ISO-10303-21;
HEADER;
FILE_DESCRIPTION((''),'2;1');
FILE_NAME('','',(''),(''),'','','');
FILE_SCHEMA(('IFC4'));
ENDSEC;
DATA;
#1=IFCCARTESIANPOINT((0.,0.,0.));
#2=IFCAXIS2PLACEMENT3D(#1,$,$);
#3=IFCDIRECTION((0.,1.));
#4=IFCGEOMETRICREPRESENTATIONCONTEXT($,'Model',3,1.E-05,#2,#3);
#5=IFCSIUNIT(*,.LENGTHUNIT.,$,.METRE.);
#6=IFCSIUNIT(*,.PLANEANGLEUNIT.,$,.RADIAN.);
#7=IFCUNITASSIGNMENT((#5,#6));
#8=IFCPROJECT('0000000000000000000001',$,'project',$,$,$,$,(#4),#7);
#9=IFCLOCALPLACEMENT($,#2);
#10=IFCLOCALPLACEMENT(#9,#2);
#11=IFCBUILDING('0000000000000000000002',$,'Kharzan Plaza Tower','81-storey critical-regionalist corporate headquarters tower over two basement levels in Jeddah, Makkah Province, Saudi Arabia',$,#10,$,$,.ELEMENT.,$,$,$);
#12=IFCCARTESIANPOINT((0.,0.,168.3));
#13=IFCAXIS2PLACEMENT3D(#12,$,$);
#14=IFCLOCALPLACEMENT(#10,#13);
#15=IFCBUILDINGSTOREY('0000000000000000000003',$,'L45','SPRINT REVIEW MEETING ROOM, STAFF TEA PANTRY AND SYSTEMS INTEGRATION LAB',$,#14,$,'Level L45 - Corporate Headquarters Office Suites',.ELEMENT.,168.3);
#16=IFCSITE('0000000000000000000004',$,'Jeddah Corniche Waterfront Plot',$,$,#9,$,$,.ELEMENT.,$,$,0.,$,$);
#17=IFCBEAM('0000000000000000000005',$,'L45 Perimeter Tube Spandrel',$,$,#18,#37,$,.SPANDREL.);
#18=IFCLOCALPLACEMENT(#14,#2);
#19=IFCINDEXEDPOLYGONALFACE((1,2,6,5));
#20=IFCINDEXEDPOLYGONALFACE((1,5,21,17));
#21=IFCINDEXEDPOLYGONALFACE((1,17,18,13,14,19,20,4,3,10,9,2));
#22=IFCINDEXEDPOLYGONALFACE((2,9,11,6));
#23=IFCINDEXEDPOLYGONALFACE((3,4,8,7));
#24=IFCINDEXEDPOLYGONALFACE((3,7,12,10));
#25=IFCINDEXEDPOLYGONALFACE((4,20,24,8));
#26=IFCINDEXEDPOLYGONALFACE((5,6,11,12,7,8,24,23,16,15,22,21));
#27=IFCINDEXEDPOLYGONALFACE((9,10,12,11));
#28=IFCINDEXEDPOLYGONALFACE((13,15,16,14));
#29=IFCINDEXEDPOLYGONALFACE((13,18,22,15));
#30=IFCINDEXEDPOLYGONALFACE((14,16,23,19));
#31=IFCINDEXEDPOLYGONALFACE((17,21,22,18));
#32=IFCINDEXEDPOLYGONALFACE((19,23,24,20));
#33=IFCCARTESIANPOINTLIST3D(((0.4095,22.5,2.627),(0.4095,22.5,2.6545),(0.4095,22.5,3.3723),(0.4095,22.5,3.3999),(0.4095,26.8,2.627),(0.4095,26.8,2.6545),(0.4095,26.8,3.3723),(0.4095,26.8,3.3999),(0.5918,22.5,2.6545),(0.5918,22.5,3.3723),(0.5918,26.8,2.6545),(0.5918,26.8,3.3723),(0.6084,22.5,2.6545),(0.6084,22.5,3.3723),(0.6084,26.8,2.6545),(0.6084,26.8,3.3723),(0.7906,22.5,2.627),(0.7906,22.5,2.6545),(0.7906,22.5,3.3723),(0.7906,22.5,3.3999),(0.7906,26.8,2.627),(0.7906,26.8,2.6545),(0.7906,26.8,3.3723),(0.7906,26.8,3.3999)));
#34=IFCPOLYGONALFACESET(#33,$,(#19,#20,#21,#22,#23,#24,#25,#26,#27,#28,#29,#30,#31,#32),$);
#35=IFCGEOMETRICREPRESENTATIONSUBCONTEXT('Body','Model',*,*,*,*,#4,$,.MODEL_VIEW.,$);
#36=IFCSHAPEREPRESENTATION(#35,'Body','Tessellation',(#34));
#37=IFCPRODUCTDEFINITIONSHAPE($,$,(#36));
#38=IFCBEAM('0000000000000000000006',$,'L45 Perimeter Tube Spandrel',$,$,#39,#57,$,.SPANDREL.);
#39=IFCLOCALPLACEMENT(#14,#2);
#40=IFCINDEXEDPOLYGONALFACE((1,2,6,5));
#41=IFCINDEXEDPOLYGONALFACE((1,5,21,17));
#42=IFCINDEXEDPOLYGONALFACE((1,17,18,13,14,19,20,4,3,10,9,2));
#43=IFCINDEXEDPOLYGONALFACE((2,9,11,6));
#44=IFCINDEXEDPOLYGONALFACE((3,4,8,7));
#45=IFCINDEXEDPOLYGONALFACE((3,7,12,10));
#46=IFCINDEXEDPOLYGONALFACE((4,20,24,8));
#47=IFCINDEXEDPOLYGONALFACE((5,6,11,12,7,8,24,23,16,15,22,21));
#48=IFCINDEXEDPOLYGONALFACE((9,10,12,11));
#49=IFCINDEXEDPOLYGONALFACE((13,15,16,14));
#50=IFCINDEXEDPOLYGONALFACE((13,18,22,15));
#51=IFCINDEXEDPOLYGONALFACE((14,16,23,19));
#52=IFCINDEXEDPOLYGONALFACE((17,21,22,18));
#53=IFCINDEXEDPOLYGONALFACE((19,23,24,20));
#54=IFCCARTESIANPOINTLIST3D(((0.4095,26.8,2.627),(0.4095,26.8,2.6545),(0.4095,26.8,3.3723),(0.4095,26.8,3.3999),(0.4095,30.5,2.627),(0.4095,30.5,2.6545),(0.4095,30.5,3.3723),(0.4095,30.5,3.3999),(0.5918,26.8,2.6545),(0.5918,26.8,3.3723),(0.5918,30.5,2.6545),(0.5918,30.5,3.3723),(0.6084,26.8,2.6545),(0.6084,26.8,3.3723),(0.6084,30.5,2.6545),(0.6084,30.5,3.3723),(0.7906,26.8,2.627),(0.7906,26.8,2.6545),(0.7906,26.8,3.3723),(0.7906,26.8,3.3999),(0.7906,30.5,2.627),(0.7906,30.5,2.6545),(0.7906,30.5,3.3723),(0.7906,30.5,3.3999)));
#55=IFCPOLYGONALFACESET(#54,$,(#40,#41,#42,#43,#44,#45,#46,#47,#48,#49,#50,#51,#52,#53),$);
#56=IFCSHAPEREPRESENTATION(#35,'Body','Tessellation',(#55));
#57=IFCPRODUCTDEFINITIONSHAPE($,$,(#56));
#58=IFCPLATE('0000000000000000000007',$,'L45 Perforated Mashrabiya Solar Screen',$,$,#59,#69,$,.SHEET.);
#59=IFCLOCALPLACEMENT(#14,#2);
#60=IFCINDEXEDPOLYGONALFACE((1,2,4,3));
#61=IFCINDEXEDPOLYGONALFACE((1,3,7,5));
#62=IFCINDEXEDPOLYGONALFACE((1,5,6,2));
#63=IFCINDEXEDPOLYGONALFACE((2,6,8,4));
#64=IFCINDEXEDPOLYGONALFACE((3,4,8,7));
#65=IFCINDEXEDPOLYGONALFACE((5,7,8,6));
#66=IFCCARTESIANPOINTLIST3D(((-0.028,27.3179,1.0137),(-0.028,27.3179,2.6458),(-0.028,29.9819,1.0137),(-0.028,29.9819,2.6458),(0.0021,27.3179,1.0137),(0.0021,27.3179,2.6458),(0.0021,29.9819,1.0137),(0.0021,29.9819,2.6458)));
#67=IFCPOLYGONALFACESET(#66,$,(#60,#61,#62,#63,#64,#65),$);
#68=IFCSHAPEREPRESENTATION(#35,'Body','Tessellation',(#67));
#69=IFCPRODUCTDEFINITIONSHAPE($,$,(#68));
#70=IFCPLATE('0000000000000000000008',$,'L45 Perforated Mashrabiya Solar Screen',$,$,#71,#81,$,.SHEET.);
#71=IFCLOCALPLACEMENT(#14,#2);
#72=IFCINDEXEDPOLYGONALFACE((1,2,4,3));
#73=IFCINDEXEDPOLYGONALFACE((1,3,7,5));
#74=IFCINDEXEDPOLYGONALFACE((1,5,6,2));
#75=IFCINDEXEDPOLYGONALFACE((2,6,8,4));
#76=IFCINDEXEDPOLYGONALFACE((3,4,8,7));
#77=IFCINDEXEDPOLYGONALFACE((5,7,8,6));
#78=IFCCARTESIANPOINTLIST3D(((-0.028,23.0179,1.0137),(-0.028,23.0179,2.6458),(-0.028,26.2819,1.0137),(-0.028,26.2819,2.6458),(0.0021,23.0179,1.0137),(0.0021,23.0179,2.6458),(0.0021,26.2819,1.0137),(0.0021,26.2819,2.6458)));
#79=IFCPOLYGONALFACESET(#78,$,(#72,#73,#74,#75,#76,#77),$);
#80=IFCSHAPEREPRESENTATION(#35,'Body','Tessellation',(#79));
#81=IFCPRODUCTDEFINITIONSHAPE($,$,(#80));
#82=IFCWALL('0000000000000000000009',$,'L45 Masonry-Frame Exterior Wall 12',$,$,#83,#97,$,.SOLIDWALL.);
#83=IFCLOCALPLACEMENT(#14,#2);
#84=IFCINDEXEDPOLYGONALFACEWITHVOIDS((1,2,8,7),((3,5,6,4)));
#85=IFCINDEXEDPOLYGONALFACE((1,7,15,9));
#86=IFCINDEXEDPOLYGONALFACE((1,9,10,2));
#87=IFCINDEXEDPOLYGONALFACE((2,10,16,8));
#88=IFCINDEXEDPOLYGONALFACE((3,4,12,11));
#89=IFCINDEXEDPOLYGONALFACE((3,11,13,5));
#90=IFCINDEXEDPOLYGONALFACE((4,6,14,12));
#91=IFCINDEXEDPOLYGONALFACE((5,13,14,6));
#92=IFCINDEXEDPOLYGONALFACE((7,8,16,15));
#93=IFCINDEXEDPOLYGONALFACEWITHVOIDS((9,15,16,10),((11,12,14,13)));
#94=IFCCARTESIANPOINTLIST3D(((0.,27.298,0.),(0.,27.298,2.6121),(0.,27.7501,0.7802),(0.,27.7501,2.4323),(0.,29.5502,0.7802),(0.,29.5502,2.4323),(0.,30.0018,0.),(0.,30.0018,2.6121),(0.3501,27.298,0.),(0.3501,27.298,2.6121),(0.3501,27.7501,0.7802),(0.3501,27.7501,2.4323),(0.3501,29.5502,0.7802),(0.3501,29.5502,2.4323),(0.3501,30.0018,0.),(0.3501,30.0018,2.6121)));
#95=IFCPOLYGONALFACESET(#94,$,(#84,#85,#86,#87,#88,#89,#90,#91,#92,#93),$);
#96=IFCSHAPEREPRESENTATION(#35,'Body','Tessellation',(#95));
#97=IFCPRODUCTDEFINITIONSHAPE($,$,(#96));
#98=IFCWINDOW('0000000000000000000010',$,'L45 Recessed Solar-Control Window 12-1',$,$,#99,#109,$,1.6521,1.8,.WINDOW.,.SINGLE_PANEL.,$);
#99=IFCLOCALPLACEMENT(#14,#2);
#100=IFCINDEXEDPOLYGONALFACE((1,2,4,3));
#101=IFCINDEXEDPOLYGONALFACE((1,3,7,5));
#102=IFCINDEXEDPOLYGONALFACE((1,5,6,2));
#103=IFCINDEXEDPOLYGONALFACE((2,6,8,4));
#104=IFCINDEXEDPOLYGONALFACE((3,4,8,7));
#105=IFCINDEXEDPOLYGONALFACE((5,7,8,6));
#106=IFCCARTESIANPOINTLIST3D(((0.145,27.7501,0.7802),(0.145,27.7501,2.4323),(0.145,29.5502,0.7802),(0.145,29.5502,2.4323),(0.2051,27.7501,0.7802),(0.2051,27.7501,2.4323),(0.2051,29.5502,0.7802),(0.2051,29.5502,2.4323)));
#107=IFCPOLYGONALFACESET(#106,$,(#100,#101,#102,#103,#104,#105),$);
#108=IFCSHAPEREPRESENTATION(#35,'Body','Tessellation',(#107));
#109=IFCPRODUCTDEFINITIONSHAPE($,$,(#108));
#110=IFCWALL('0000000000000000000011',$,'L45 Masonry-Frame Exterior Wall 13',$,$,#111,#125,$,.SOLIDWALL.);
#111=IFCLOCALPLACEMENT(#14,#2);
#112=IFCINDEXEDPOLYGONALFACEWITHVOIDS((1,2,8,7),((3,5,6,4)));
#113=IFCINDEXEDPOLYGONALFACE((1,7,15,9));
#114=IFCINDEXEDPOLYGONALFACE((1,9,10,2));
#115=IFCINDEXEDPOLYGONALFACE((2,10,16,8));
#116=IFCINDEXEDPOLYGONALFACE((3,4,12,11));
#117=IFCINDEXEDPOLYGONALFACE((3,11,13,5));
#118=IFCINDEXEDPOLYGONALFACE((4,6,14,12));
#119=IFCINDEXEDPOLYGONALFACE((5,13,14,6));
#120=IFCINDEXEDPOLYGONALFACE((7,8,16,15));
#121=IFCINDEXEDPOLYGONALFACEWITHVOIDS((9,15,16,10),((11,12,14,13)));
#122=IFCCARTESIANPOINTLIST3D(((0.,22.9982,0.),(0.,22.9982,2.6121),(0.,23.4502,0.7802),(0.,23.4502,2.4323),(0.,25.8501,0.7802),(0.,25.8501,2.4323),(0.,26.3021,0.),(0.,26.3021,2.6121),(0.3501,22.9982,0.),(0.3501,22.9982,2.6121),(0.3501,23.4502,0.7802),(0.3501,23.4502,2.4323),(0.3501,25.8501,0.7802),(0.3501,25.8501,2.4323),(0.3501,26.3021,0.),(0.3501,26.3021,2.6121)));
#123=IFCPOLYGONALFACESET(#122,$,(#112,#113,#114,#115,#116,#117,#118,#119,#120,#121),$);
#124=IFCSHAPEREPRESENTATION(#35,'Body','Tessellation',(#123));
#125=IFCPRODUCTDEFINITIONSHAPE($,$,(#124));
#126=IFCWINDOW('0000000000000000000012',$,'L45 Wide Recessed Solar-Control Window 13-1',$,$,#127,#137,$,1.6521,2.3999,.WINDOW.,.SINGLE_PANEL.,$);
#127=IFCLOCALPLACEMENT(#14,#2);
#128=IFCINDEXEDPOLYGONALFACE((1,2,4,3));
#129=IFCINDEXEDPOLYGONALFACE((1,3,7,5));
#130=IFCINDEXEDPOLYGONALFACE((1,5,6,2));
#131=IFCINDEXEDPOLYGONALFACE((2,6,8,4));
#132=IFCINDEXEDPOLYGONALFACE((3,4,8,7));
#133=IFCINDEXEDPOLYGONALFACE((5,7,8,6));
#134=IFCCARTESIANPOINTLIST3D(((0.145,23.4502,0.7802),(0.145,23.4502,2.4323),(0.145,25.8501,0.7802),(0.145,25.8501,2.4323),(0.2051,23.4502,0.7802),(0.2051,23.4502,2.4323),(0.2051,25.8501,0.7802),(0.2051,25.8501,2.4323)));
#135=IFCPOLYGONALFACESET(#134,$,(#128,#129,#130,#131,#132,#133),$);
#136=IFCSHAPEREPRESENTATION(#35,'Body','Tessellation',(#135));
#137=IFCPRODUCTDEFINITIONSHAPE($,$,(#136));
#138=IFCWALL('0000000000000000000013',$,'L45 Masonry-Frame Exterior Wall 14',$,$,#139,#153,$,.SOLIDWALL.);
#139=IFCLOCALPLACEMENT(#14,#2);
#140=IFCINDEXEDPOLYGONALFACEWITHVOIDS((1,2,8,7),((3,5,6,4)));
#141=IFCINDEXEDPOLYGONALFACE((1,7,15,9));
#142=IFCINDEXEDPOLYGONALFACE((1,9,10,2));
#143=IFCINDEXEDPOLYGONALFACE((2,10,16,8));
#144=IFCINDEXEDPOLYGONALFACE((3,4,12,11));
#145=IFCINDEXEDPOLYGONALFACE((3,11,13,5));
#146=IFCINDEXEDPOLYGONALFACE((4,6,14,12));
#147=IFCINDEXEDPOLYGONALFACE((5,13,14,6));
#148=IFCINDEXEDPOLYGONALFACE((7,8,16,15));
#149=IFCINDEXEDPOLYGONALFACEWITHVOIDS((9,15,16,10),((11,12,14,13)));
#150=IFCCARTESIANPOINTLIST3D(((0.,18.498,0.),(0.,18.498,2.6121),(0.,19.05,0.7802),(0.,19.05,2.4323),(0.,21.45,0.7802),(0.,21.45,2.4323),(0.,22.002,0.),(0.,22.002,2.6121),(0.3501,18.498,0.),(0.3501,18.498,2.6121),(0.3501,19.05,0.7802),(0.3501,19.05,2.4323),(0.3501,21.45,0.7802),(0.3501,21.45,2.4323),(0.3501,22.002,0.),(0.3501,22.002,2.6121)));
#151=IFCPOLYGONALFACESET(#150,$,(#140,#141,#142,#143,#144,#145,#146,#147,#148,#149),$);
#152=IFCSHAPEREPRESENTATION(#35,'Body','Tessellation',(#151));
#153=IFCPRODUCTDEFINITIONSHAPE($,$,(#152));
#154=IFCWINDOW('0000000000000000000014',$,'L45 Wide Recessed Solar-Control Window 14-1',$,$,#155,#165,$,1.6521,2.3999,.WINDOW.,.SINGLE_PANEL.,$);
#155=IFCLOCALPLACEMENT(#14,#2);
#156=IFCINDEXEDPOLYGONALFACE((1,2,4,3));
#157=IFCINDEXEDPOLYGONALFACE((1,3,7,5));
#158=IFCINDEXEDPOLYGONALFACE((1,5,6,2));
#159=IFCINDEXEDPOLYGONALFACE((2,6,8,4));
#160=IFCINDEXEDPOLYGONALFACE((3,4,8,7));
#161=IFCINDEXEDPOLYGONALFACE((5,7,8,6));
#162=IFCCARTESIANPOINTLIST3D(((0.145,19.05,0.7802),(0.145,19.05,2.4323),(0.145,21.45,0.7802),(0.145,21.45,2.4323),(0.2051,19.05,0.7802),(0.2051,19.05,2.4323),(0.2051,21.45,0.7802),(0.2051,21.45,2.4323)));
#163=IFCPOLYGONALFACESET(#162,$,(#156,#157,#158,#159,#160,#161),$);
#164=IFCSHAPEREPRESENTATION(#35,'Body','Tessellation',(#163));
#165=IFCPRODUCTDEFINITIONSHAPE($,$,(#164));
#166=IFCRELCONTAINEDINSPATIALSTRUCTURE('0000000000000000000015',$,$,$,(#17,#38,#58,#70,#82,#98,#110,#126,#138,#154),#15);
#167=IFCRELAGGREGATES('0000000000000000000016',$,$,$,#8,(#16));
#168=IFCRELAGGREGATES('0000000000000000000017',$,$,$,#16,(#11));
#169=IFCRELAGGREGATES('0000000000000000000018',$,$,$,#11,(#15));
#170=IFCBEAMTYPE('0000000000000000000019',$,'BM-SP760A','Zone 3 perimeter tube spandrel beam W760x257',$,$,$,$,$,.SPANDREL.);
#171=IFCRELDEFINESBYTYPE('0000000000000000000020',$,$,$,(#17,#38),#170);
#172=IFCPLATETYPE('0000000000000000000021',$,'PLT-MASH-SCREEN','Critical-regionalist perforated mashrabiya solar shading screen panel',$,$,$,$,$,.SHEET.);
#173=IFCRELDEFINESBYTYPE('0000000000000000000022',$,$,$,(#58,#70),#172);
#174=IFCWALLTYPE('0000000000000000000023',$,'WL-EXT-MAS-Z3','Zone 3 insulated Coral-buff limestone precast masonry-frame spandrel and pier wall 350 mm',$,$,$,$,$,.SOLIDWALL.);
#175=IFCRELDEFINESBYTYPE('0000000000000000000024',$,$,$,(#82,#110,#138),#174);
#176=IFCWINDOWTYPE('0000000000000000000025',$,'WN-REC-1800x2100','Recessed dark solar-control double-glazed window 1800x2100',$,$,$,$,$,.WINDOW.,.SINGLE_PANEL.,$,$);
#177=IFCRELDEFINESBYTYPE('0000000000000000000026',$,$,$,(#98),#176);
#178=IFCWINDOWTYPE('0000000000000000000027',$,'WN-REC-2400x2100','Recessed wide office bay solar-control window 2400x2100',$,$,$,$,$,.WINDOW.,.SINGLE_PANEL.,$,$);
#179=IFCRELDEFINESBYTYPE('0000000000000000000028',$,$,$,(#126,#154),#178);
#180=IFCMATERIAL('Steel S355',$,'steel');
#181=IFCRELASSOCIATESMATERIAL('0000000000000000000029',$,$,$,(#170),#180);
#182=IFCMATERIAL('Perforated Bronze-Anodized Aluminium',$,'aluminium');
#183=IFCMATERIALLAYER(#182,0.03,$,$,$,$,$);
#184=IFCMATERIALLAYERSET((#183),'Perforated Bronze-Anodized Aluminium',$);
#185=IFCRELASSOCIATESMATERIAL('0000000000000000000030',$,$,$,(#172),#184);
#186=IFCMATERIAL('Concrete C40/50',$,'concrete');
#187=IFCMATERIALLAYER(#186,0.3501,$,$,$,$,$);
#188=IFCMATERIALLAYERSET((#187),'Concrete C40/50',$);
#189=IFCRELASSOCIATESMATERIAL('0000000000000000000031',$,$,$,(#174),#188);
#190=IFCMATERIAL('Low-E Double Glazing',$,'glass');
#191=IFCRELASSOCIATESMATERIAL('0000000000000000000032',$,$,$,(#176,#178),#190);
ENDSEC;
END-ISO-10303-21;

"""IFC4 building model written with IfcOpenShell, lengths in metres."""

from ifc_helpers import new_model, si_unit, direction, frame, frame_2d, origin, origin_2d, place, context, subcontext, project, spatial, rectangle, i_section, extrude, source, transform, mapped, material, layer, layer_set, material_profile, profile_set, type_object, element, fill, save


model = new_model("IFC4")

# Units and contexts
model_context = context("Model", 3, precision=1e-05, world=origin(), true_north=direction((0.0, 1.0)))
body_context = subcontext(model_context, "Body", "Model", "MODEL_VIEW")
ifc_project = project(units=[si_unit("LENGTHUNIT", "METRE"), si_unit("PLANEANGLEUNIT", "RADIAN")], contexts=[model_context])

# Site, building, storey
site_placement = place(None, origin())
site = spatial("IfcSite", under=ifc_project, at=site_placement, Name="Jeddah Corniche Waterfront Plot", CompositionType="ELEMENT", RefElevation=0.0)
building_placement = place(site_placement, origin())
building = spatial("IfcBuilding", under=site, at=building_placement, Name="Kharzan Plaza Tower", Description="81-storey critical-regionalist corporate headquarters tower over two basement levels in Jeddah, Makkah Province, Saudi Arabia", CompositionType="ELEMENT")
storey_placement = place(building_placement, frame((0.0, 0.0, 168.3)))
storey = spatial("IfcBuildingStorey", under=building, at=storey_placement, Name="L45", Description="SPRINT REVIEW MEETING ROOM, STAFF TEA PANTRY AND SYSTEMS INTEGRATION LAB", LongName="Level L45 - Corporate Headquarters Office Suites", CompositionType="ELEMENT", Elevation=168.3)

# Beams
ifc_material_1 = material(Name="Steel S355", Category="steel")
ifc_material_profile_1 = material_profile(ifc_material_1, i_section(OverallWidth=0.3811, OverallDepth=0.7729, WebThickness=0.0166, FlangeThickness=0.0276, at=origin_2d()), Name="W760x257")
ifc_profile_set_1 = profile_set([ifc_material_profile_1], Name="Steel S355")
beam_type_1 = type_object("IfcBeamType", Name="BM-SP760A", Description="Zone 3 perimeter tube spandrel beam W760x257", PredefinedType="SPANDREL", material=ifc_profile_set_1)
shared_shape_1 = source(origin(), body_context, "Body", "SweptSolid", [
    extrude(i_section(OverallWidth=0.3811, OverallDepth=0.7729, WebThickness=0.0166, FlangeThickness=0.0276, at=origin_2d()), origin(), (0.0, 0.0, 1.0), 4.3),
])
beam_1_placement = place(storey_placement, frame((0.6001, 22.5, 3.0134), z_axis=(0.0, 1.0, 0.0), x_axis=(-1.0, 0.0, 0.0)))
element("IfcBeam", 1, at=beam_1_placement, inside=storey, type_object=beam_type_1, Name="L45 Perimeter Tube Spandrel", PredefinedType="SPANDREL", context=body_context, shape_type="MappedRepresentation", body=[
    mapped(shared_shape_1, transform((0.0, 0.0, 0.0), x_axis=(1.0, 0.0, 0.0), y_axis=(0.0, 1.0, 0.0), z_axis=(0.0, 0.0, 1.0))),
])
shared_shape_2 = source(origin(), body_context, "Body", "SweptSolid", [
    extrude(i_section(OverallWidth=0.3811, OverallDepth=0.7729, WebThickness=0.0166, FlangeThickness=0.0276, at=origin_2d()), origin(), (0.0, 0.0, 1.0), 3.7),
])
beam_2_placement = place(storey_placement, frame((0.6001, 26.8, 3.0134), z_axis=(0.0, 1.0, 0.0), x_axis=(-1.0, 0.0, 0.0)))
element("IfcBeam", 2, at=beam_2_placement, inside=storey, type_object=beam_type_1, Name="L45 Perimeter Tube Spandrel", PredefinedType="SPANDREL", context=body_context, shape_type="MappedRepresentation", body=[
    mapped(shared_shape_2, transform((0.0, 0.0, 0.0), x_axis=(1.0, 0.0, 0.0), y_axis=(0.0, 1.0, 0.0), z_axis=(0.0, 0.0, 1.0))),
])

# Plates
ifc_material_2 = material(Name="Perforated Bronze-Anodized Aluminium", Category="aluminium")
ifc_layer_1 = layer(ifc_material_2, 0.03)
ifc_layer_set_1 = layer_set([ifc_layer_1], Name="Perforated Bronze-Anodized Aluminium")
plate_type = type_object("IfcPlateType", Name="PLT-MASH-SCREEN", Description="Critical-regionalist perforated mashrabiya solar shading screen panel", PredefinedType="SHEET", material=ifc_layer_set_1)
shared_shape_3 = source(origin(), body_context, "Body", "SweptSolid", [
    extrude(rectangle(XDim=2.6641, YDim=0.03, at=origin_2d()), origin(), (0.0, 0.0, 1.0), 1.6321),
])
plate_1_placement = place(storey_placement, frame((-0.0129, 28.6499, 1.0137), z_axis=(0.0, 0.0, 1.0), x_axis=(0.0, -1.0, 0.0)))
element("IfcPlate", 3, at=plate_1_placement, inside=storey, type_object=plate_type, Name="L45 Perforated Mashrabiya Solar Screen", PredefinedType="SHEET", context=body_context, shape_type="MappedRepresentation", body=[
    mapped(shared_shape_3, transform((0.0, 0.0, 0.0), x_axis=(1.0, 0.0, 0.0), y_axis=(0.0, 1.0, 0.0), z_axis=(0.0, 0.0, 1.0))),
])
shared_shape_4 = source(origin(), body_context, "Body", "SweptSolid", [
    extrude(rectangle(XDim=3.2639, YDim=0.03, at=origin_2d()), origin(), (0.0, 0.0, 1.0), 1.6321),
])
plate_2_placement = place(storey_placement, frame((-0.0129, 24.6499, 1.0137), z_axis=(0.0, 0.0, 1.0), x_axis=(0.0, -1.0, 0.0)))
element("IfcPlate", 4, at=plate_2_placement, inside=storey, type_object=plate_type, Name="L45 Perforated Mashrabiya Solar Screen", PredefinedType="SHEET", context=body_context, shape_type="MappedRepresentation", body=[
    mapped(shared_shape_4, transform((0.0, 0.0, 0.0), x_axis=(1.0, 0.0, 0.0), y_axis=(0.0, 1.0, 0.0), z_axis=(0.0, 0.0, 1.0))),
])

# Walls, openings, windows
ifc_material_3 = material(Name="Concrete C40/50", Category="concrete")
ifc_layer_2 = layer(ifc_material_3, 0.3501)
ifc_layer_set_2 = layer_set([ifc_layer_2], Name="Concrete C40/50")
wall_type_1 = type_object("IfcWallType", Name="WL-EXT-MAS-Z3", Description="Zone 3 insulated Coral-buff limestone precast masonry-frame spandrel and pier wall 350 mm", PredefinedType="SOLIDWALL", material=ifc_layer_set_2)
wall_1_placement = place(storey_placement, frame((0.175, 30.002, 0.0), z_axis=(0.0, 0.0, 1.0), x_axis=(0.0, -1.0, 0.0)))
wall_1 = element("IfcWall", 5, at=wall_1_placement, inside=storey, type_object=wall_type_1, Name="L45 Masonry-Frame Exterior Wall 12", PredefinedType="SOLIDWALL", context=body_context, shape_type="SweptSolid", body=[
    extrude(rectangle(XDim=2.7039, YDim=0.3501, at=frame_2d((1.3521, 0.0))), origin(), (0.0, 0.0, 1.0), 2.6121),
])
opening_1_placement = place(wall_1_placement, frame((0.4519, 0.0, 0.78)))
opening_1 = element("IfcOpeningElement", 6, at=opening_1_placement, cuts=wall_1, PredefinedType="OPENING", context=body_context, shape_type="SweptSolid", body=[
    extrude(rectangle(XDim=1.8, YDim=1.6521, at=frame_2d((0.8999, 0.8262))), frame((0.0, 0.1851, 0.0), z_axis=(0.0, -1.0, 0.0), x_axis=(1.0, 0.0, 0.0)), (0.0, 0.0, 1.0), 0.3701),
])
ifc_material_4 = material(Name="Low-E Double Glazing", Category="glass")
window_type_1 = type_object("IfcWindowType", Name="WN-REC-1800x2100", Description="Recessed dark solar-control double-glazed window 1800x2100", PartitioningType="SINGLE_PANEL", PredefinedType="WINDOW", material=ifc_material_4)
shared_shape_5 = source(origin(), body_context, "Body", "SweptSolid", [
    extrude(rectangle(XDim=1.8, YDim=1.6521, at=frame_2d((0.8999, 0.8262))), frame((0.0, 0.03, 0.0), z_axis=(0.0, -1.0, 0.0), x_axis=(1.0, 0.0, 0.0)), (0.0, 0.0, 1.0), 0.0601),
])
window_1_placement = place(opening_1_placement, origin())
window_1 = element("IfcWindow", 7, at=window_1_placement, inside=storey, type_object=window_type_1, Name="L45 Recessed Solar-Control Window 12-1", OverallHeight=1.6521, OverallWidth=1.8, PartitioningType="SINGLE_PANEL", PredefinedType="WINDOW", context=body_context, shape_type="MappedRepresentation", body=[
    mapped(shared_shape_5, transform((0.0, 0.0, 0.0), x_axis=(1.0, 0.0, 0.0), y_axis=(0.0, 1.0, 0.0), z_axis=(0.0, 0.0, 1.0))),
])
fill(opening_1, window_1)
wall_2_placement = place(storey_placement, frame((0.175, 26.302, 0.0), z_axis=(0.0, 0.0, 1.0), x_axis=(0.0, -1.0, 0.0)))
wall_2 = element("IfcWall", 8, at=wall_2_placement, inside=storey, type_object=wall_type_1, Name="L45 Masonry-Frame Exterior Wall 13", PredefinedType="SOLIDWALL", context=body_context, shape_type="SweptSolid", body=[
    extrude(rectangle(XDim=3.304, YDim=0.3501, at=frame_2d((1.6519, 0.0))), origin(), (0.0, 0.0, 1.0), 2.6121),
])
opening_2_placement = place(wall_2_placement, frame((0.4519, 0.0, 0.78)))
opening_2 = element("IfcOpeningElement", 9, at=opening_2_placement, cuts=wall_2, PredefinedType="OPENING", context=body_context, shape_type="SweptSolid", body=[
    extrude(rectangle(XDim=2.3999, YDim=1.6521, at=frame_2d((1.2, 0.8262))), frame((0.0, 0.1851, 0.0), z_axis=(0.0, -1.0, 0.0), x_axis=(1.0, 0.0, 0.0)), (0.0, 0.0, 1.0), 0.3701),
])
window_type_2 = type_object("IfcWindowType", Name="WN-REC-2400x2100", Description="Recessed wide office bay solar-control window 2400x2100", PartitioningType="SINGLE_PANEL", PredefinedType="WINDOW", material=ifc_material_4)
shared_shape_6 = source(origin(), body_context, "Body", "SweptSolid", [
    extrude(rectangle(XDim=2.3999, YDim=1.6521, at=frame_2d((1.2, 0.8262))), frame((0.0, 0.03, 0.0), z_axis=(0.0, -1.0, 0.0), x_axis=(1.0, 0.0, 0.0)), (0.0, 0.0, 1.0), 0.0601),
])
window_2_placement = place(opening_2_placement, origin())
window_2 = element("IfcWindow", 10, at=window_2_placement, inside=storey, type_object=window_type_2, Name="L45 Wide Recessed Solar-Control Window 13-1", OverallHeight=1.6521, OverallWidth=2.3999, PartitioningType="SINGLE_PANEL", PredefinedType="WINDOW", context=body_context, shape_type="MappedRepresentation", body=[
    mapped(shared_shape_6, transform((0.0, 0.0, 0.0), x_axis=(1.0, 0.0, 0.0), y_axis=(0.0, 1.0, 0.0), z_axis=(0.0, 0.0, 1.0))),
])
fill(opening_2, window_2)
wall_3_placement = place(storey_placement, frame((0.175, 22.002, 0.0), z_axis=(0.0, 0.0, 1.0), x_axis=(0.0, -1.0, 0.0)))
wall_3 = element("IfcWall", 11, at=wall_3_placement, inside=storey, type_object=wall_type_1, Name="L45 Masonry-Frame Exterior Wall 14", PredefinedType="SOLIDWALL", context=body_context, shape_type="SweptSolid", body=[
    extrude(rectangle(XDim=3.5039, YDim=0.3501, at=frame_2d((1.752, 0.0))), origin(), (0.0, 0.0, 1.0), 2.6121),
])
opening_3_placement = place(wall_3_placement, frame((0.552, 0.0, 0.78)))
opening_3 = element("IfcOpeningElement", 12, at=opening_3_placement, cuts=wall_3, PredefinedType="OPENING", context=body_context, shape_type="SweptSolid", body=[
    extrude(rectangle(XDim=2.3999, YDim=1.6521, at=frame_2d((1.2, 0.8262))), frame((0.0, 0.1851, 0.0), z_axis=(0.0, -1.0, 0.0), x_axis=(1.0, 0.0, 0.0)), (0.0, 0.0, 1.0), 0.3701),
])
window_3_placement = place(opening_3_placement, origin())
window_3 = element("IfcWindow", 13, at=window_3_placement, inside=storey, type_object=window_type_2, Name="L45 Wide Recessed Solar-Control Window 14-1", OverallHeight=1.6521, OverallWidth=2.3999, PartitioningType="SINGLE_PANEL", PredefinedType="WINDOW", context=body_context, shape_type="MappedRepresentation", body=[
    mapped(shared_shape_6, transform((0.0, 0.0, 0.0), x_axis=(1.0, 0.0, 0.0), y_axis=(0.0, 1.0, 0.0), z_axis=(0.0, 0.0, 1.0))),
])
fill(opening_3, window_3)

save(model, "model.ifc")
